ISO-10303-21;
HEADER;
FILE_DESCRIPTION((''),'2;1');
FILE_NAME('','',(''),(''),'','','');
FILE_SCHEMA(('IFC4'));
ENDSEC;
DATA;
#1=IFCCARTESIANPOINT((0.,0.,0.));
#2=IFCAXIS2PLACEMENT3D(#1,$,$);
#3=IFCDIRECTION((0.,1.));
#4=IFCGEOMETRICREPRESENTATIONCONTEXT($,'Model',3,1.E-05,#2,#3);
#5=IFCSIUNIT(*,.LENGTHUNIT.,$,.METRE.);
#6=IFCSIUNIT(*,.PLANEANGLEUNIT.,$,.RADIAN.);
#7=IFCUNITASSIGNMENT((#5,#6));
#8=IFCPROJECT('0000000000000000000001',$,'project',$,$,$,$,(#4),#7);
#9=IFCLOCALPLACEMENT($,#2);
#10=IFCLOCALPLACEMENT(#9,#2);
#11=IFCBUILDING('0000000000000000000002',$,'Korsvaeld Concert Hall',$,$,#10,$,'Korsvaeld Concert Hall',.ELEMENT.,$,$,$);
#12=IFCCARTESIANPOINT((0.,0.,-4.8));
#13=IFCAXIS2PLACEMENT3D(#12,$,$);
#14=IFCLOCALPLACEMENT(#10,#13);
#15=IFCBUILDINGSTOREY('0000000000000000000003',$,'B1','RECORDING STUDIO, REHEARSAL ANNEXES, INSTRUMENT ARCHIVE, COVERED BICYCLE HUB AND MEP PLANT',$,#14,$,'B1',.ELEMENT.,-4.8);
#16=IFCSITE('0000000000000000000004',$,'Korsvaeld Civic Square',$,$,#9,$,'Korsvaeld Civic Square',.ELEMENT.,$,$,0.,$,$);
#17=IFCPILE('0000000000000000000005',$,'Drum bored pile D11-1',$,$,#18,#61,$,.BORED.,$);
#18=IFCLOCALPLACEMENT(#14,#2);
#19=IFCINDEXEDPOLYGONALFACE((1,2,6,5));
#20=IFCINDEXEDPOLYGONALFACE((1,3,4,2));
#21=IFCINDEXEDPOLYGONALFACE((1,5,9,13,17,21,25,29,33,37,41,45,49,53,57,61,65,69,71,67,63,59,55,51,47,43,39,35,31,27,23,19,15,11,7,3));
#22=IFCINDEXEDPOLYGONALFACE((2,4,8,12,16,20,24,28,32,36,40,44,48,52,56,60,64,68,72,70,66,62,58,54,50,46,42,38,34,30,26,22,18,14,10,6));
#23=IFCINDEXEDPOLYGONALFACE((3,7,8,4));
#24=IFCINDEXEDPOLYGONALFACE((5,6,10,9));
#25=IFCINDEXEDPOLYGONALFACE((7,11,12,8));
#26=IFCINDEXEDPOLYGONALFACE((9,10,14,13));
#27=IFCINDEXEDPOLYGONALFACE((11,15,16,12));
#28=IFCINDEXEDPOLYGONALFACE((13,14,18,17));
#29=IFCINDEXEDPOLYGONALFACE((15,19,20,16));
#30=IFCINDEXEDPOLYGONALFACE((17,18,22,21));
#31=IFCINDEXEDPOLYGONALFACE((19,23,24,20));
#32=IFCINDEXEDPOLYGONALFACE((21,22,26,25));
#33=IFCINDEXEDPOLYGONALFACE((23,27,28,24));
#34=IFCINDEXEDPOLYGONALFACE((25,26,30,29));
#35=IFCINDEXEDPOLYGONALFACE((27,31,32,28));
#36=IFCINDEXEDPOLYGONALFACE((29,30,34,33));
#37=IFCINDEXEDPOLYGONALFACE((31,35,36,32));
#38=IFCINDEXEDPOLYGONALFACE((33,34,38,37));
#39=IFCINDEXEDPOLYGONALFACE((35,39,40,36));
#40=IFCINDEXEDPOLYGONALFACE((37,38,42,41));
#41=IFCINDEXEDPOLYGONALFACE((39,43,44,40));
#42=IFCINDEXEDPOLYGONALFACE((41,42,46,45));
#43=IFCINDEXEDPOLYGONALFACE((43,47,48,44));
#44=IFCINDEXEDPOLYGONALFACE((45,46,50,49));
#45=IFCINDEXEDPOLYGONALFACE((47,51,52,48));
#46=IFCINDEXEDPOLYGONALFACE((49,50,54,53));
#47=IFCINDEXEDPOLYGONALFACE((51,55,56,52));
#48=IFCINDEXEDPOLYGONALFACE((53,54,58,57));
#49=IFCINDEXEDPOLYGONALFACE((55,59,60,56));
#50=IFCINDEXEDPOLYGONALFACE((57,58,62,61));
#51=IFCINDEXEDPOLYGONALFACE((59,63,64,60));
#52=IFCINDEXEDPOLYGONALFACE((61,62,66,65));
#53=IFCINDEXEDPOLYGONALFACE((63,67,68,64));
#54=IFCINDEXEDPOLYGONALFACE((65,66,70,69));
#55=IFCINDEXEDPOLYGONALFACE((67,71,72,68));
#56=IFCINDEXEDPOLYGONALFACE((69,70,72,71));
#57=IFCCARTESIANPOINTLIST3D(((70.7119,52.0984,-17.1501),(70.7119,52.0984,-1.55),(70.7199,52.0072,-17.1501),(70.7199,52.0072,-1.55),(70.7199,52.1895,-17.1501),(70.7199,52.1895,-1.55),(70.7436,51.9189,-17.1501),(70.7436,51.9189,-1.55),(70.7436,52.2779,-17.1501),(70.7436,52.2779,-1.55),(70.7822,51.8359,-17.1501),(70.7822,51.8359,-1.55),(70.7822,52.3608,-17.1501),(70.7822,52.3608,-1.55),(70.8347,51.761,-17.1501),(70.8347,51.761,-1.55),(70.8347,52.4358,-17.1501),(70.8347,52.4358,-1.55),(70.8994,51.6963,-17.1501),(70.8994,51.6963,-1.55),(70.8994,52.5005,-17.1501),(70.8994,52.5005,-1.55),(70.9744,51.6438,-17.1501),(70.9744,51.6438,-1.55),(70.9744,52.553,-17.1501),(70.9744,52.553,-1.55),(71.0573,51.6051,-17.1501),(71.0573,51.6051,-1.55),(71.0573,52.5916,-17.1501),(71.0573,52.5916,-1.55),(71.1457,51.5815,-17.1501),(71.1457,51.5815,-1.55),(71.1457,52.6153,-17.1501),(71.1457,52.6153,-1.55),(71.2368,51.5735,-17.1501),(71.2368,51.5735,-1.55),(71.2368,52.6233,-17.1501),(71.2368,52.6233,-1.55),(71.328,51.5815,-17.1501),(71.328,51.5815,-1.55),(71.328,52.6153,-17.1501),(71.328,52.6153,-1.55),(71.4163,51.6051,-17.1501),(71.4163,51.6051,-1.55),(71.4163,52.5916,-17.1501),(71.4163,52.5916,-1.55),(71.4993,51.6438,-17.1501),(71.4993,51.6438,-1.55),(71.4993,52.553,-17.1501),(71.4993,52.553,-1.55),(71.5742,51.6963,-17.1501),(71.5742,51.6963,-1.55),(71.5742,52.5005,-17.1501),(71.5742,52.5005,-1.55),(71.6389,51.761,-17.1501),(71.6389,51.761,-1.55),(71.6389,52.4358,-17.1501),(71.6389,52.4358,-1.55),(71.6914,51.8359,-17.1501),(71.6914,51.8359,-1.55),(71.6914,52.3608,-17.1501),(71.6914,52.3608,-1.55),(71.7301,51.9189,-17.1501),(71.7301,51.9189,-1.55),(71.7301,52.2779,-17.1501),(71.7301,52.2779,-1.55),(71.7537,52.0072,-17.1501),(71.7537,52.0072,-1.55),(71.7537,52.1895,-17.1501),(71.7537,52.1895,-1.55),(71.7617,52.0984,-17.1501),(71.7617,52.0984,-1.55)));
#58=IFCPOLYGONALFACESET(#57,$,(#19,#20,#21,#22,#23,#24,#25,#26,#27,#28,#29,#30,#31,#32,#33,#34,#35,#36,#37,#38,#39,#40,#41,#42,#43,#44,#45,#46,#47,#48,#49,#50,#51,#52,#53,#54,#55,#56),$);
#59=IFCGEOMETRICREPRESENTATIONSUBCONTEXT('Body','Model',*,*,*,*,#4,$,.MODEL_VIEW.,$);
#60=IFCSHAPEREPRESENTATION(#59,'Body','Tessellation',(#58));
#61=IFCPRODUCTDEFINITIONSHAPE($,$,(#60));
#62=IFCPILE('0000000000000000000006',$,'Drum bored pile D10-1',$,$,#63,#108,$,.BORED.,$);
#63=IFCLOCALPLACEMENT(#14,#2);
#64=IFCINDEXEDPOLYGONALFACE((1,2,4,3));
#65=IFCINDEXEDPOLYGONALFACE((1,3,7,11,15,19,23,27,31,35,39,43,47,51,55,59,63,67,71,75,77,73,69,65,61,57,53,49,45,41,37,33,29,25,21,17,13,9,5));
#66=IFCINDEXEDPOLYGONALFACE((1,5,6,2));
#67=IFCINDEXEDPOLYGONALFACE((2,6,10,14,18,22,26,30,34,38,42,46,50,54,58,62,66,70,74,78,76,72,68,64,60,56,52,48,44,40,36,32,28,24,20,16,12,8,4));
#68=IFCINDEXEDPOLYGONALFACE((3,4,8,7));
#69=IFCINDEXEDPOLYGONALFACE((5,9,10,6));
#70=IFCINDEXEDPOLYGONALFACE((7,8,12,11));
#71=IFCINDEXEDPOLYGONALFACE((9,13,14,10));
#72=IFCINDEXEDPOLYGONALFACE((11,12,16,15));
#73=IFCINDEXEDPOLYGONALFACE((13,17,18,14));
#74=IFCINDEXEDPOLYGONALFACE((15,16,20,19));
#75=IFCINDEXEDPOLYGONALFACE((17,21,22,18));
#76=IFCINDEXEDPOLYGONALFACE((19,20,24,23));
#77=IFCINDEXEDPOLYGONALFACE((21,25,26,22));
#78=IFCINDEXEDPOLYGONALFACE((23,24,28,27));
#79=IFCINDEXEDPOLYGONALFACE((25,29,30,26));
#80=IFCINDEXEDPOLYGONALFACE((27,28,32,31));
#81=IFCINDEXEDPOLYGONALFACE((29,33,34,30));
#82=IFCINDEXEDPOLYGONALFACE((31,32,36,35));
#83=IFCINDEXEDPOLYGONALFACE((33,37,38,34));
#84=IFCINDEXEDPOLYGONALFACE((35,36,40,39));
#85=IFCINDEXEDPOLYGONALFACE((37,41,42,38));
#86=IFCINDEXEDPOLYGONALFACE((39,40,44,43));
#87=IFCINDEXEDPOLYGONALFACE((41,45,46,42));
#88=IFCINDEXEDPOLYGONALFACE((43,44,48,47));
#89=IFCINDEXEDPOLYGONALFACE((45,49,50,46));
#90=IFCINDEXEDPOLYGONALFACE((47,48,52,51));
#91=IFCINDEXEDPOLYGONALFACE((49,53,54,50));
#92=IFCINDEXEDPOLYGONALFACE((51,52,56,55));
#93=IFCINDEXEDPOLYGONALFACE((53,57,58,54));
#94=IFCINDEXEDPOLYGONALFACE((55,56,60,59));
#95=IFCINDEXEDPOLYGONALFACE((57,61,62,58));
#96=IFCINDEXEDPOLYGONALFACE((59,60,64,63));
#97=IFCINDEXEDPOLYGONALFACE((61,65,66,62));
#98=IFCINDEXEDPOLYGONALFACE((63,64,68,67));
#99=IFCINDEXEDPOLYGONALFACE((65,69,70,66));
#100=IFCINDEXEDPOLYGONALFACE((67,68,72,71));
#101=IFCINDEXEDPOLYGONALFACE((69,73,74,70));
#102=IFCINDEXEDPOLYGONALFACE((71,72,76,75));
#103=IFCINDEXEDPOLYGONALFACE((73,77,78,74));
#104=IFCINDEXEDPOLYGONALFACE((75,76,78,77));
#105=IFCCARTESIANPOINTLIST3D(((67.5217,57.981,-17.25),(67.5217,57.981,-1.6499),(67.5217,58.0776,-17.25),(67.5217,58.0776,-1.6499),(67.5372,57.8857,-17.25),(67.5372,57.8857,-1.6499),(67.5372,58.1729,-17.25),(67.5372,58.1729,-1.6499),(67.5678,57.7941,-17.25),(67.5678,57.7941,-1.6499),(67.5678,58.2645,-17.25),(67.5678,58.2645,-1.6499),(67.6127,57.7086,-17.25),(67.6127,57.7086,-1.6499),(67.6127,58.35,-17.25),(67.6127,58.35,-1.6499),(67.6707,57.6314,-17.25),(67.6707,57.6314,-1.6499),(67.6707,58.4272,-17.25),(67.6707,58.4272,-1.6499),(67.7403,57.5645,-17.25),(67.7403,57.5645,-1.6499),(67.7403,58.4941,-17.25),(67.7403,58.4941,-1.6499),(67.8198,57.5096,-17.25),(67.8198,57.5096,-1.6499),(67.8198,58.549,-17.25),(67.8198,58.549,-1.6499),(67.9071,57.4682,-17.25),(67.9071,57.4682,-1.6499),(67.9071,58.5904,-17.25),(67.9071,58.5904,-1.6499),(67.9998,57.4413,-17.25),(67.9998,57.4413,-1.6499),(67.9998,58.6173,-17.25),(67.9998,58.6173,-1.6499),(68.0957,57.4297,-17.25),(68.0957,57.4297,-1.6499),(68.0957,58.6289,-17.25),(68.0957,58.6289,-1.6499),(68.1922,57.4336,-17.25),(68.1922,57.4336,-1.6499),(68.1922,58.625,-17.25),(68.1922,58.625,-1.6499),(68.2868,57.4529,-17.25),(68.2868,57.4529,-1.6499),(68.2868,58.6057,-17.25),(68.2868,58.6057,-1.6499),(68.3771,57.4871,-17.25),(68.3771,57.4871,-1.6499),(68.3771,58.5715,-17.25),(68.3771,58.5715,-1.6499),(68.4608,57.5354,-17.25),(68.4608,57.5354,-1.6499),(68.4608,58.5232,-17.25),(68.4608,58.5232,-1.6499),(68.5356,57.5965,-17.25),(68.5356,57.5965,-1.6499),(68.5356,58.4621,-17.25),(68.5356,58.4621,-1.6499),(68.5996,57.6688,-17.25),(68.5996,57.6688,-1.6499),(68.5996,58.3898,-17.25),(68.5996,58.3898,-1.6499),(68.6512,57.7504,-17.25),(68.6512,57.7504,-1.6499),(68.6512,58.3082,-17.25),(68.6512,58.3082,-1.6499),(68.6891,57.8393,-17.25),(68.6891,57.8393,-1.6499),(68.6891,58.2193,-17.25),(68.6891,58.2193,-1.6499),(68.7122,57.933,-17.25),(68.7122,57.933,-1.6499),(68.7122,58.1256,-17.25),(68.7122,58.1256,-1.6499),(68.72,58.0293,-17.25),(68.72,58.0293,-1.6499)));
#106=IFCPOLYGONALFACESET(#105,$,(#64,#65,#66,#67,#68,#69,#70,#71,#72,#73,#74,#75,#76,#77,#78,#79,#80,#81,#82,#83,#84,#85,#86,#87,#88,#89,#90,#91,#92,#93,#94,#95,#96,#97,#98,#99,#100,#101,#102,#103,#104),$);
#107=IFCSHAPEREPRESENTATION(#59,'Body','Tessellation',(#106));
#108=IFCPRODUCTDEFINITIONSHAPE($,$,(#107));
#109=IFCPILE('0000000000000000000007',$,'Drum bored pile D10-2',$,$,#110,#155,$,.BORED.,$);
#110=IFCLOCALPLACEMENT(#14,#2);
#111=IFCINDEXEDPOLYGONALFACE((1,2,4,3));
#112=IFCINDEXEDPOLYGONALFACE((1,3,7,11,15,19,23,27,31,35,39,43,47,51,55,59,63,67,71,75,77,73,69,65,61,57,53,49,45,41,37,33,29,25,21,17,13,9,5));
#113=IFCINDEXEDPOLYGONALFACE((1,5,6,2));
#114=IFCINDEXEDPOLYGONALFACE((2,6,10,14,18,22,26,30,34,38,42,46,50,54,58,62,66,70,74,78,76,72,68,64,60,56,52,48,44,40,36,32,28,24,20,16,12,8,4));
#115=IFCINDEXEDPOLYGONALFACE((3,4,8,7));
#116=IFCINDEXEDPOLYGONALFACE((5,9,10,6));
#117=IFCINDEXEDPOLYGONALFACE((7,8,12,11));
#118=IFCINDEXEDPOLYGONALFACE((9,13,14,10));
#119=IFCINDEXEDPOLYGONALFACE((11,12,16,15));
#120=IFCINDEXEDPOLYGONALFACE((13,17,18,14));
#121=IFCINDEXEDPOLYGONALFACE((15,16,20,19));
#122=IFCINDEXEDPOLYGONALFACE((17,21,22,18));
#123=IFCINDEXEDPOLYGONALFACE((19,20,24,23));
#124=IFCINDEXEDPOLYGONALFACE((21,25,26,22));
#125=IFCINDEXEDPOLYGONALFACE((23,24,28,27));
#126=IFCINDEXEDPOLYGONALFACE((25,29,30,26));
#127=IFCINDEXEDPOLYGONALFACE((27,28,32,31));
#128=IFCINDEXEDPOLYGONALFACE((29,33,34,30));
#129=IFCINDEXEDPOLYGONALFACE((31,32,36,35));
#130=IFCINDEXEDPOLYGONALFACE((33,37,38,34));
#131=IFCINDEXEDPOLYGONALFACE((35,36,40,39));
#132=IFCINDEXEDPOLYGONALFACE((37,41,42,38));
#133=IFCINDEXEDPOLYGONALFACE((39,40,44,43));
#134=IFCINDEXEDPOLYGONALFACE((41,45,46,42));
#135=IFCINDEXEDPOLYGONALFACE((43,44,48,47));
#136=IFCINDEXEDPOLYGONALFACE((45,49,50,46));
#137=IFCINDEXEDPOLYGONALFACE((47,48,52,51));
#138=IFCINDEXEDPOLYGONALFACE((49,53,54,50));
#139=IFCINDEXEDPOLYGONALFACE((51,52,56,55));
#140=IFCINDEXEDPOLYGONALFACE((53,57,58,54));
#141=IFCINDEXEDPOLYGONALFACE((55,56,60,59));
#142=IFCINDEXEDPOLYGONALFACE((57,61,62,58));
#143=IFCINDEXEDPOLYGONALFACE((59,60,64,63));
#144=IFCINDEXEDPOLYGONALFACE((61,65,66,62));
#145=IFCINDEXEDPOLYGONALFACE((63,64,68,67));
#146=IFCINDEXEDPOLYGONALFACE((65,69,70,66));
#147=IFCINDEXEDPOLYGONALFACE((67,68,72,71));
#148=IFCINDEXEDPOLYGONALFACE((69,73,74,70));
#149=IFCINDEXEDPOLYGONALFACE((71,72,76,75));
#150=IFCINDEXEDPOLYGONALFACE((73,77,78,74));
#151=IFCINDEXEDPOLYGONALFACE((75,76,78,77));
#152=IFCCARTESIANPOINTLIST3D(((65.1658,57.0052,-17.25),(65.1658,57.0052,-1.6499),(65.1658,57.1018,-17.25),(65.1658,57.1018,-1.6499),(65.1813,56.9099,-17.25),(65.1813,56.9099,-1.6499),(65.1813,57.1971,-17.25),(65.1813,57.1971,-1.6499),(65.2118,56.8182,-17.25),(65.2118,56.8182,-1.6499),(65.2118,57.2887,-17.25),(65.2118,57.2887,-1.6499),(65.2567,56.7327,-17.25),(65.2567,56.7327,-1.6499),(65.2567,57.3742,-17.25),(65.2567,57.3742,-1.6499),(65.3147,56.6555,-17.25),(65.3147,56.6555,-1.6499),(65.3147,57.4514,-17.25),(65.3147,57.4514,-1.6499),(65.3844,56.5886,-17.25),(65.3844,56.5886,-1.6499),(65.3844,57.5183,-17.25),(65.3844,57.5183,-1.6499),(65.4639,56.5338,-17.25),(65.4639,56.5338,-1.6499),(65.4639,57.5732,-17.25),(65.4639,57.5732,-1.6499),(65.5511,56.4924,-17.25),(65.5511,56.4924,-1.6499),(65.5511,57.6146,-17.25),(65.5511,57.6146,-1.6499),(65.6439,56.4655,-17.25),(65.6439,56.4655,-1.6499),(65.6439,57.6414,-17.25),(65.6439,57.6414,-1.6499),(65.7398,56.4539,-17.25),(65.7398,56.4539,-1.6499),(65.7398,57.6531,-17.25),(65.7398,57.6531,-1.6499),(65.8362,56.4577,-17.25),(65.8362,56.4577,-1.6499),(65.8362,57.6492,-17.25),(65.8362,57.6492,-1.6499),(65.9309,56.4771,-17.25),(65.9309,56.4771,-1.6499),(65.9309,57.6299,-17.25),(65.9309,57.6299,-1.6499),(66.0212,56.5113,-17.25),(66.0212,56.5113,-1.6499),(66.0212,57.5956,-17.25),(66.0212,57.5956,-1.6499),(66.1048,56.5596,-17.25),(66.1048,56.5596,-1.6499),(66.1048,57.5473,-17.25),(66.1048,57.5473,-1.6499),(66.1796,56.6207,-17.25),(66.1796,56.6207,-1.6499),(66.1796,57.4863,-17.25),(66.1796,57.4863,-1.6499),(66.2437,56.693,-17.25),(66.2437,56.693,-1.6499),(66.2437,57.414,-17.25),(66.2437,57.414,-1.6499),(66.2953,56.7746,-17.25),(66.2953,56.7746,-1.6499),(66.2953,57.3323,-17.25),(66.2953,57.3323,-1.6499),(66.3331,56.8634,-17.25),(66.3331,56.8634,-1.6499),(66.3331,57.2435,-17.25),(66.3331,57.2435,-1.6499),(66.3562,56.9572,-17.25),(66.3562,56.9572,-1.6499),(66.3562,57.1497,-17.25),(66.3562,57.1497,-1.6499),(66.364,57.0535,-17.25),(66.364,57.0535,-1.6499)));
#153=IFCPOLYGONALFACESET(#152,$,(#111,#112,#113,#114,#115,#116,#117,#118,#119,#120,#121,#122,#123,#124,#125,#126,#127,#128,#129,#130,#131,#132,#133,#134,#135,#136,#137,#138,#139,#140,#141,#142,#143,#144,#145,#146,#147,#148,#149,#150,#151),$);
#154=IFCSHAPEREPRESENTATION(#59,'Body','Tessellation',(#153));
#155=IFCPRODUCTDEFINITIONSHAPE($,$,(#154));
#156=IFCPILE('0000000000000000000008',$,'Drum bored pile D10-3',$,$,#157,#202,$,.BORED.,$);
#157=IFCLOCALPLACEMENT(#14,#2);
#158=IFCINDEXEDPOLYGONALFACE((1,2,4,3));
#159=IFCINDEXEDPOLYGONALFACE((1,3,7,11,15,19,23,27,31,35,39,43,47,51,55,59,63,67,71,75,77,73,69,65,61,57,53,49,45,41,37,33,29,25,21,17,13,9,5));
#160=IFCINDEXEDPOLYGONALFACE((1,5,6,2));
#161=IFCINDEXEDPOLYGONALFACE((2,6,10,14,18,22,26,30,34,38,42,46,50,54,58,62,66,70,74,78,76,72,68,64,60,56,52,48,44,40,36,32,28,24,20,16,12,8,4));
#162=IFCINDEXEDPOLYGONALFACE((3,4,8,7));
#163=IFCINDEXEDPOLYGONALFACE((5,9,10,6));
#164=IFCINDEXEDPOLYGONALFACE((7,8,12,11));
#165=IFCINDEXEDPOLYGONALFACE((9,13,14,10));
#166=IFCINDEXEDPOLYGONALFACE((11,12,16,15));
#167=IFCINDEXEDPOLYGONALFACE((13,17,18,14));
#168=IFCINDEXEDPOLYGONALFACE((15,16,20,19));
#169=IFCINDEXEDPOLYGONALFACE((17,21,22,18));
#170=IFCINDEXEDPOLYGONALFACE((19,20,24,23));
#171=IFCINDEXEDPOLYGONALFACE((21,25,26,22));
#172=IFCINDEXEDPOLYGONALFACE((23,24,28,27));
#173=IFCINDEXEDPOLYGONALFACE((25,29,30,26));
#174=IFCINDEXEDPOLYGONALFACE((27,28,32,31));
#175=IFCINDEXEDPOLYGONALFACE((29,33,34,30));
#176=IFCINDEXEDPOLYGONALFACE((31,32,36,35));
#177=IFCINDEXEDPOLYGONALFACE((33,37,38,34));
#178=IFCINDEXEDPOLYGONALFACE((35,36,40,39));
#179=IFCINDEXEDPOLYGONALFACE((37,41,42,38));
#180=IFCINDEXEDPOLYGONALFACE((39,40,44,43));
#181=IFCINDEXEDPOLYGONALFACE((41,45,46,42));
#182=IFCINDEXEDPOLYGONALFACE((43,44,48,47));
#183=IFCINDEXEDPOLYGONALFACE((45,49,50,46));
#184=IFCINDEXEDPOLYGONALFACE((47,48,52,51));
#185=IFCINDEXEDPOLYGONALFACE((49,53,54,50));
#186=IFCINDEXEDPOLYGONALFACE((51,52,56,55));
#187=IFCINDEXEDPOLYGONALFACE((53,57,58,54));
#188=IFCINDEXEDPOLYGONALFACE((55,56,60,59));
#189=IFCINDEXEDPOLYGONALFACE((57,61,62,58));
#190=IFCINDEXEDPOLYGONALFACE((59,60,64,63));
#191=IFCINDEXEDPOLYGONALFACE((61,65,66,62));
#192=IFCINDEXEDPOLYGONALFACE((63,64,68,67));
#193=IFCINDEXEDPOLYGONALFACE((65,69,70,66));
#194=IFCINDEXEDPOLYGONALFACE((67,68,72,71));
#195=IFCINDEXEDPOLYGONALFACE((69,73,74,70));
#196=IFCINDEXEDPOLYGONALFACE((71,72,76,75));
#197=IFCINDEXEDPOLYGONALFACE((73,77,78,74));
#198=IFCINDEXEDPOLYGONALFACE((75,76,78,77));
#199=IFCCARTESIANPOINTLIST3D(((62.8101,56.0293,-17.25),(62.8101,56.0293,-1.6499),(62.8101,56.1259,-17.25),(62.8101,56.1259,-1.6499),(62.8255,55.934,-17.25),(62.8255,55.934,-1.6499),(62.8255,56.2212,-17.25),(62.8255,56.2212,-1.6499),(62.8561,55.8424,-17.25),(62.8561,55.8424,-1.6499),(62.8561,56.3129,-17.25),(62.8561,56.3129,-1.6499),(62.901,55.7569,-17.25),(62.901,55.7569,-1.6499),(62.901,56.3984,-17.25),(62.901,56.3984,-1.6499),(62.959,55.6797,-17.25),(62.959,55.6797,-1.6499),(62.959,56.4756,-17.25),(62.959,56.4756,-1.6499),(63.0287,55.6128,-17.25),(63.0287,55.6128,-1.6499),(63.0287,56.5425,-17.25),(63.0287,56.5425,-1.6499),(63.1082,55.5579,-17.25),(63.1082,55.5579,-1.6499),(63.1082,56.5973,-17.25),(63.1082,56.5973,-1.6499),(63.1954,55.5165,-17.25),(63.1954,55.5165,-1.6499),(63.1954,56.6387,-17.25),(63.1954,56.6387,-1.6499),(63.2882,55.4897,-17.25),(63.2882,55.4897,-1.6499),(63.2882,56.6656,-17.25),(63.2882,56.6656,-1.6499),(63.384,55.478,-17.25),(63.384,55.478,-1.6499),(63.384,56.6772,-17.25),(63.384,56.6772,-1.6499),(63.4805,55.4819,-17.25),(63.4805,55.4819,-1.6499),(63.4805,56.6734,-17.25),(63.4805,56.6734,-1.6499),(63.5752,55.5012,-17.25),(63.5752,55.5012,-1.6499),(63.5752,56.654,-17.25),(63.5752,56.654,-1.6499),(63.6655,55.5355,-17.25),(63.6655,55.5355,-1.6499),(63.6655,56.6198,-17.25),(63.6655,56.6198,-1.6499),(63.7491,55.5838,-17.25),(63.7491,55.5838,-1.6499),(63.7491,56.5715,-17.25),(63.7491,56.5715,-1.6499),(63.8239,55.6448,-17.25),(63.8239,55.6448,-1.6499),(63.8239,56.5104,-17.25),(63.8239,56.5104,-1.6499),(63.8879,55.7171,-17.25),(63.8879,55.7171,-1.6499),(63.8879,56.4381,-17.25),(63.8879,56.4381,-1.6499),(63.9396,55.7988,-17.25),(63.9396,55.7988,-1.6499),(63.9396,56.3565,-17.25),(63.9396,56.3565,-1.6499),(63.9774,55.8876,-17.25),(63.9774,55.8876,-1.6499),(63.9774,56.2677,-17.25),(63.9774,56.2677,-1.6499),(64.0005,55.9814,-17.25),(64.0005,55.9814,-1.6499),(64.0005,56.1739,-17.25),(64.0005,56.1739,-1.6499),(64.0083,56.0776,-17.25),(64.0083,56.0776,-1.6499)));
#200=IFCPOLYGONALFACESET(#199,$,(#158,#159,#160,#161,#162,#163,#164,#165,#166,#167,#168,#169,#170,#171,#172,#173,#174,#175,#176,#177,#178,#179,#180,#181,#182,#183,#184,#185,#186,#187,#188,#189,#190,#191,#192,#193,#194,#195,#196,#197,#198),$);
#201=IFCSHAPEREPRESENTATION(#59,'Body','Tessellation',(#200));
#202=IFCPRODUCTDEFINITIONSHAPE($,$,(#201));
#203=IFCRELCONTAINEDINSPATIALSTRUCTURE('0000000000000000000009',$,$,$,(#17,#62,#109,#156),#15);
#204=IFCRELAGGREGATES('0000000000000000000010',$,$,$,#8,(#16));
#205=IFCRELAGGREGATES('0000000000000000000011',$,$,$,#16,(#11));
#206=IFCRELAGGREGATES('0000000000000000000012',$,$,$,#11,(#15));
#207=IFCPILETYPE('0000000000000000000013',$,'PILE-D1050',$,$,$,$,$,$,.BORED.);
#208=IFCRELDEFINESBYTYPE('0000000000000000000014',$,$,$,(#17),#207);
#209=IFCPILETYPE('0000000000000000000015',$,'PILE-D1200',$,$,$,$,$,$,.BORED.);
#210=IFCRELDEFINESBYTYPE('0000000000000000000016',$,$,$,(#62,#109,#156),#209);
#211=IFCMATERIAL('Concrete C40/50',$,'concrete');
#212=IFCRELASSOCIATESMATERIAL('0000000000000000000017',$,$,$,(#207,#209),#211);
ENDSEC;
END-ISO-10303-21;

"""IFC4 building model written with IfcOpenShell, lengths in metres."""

from ifc_helpers import new_model, si_unit, direction, frame, origin, origin_2d, place, context, subcontext, project, spatial, circle, extrude, material, material_profile, profile_set, type_object, element, save


model = new_model("IFC4")

# Units and contexts
model_context = context("Model", 3, precision=1e-05, world=origin(), true_north=direction((0.0, 1.0)))
body_context = subcontext(model_context, "Body", "Model", "MODEL_VIEW")
ifc_project = project(units=[si_unit("LENGTHUNIT", "METRE"), si_unit("PLANEANGLEUNIT", "RADIAN")], contexts=[model_context])

# Site, building, storey
site_placement = place(None, origin())
site = spatial("IfcSite", under=ifc_project, at=site_placement, Name="Korsvaeld Civic Square", LongName="Korsvaeld Civic Square", CompositionType="ELEMENT", RefElevation=0.0)
building_placement = place(site_placement, origin())
building = spatial("IfcBuilding", under=site, at=building_placement, Name="Korsvaeld Concert Hall", LongName="Korsvaeld Concert Hall", CompositionType="ELEMENT")
storey_placement = place(building_placement, frame((0.0, 0.0, -4.8)))
storey = spatial("IfcBuildingStorey", under=building, at=storey_placement, Name="B1", Description="RECORDING STUDIO, REHEARSAL ANNEXES, INSTRUMENT ARCHIVE, COVERED BICYCLE HUB AND MEP PLANT", LongName="B1", CompositionType="ELEMENT", Elevation=-4.8)

# Piles
ifc_material_1 = material(Name="Concrete C40/50", Category="concrete")
ifc_material_profile_1 = material_profile(ifc_material_1, circle(Radius=0.5249, at=origin_2d()), Name="BORED PILE D1050")
ifc_profile_set_1 = profile_set([ifc_material_profile_1], Name="Concrete C40/50")
pile_type_1 = type_object("IfcPileType", Name="PILE-D1050", PredefinedType="BORED", material=ifc_profile_set_1)
for number, where, z_axis, x_axis, name in (
    (1, (71.2368, 52.0984, -1.55), (0.0, 0.0, -1.0), (1.0, 0.0, 0.0), "Drum bored pile D11-1"),
):
    element("IfcPile", number, at=place(storey_placement, frame(where, z_axis=z_axis, x_axis=x_axis)), inside=storey, type_object=pile_type_1, Name=name, PredefinedType="BORED", context=body_context, shape_type="SweptSolid", body=[
        extrude(circle(Radius=0.5249, at=origin_2d()), origin(), (0.0, 0.0, 1.0), 15.6001),
    ])
ifc_material_profile_2 = material_profile(ifc_material_1, circle(Radius=0.6001, at=origin_2d()), Name="BORED PILE D1200")
ifc_profile_set_2 = profile_set([ifc_material_profile_2], Name="Concrete C40/50")
pile_type_2 = type_object("IfcPileType", Name="PILE-D1200", PredefinedType="BORED", material=ifc_profile_set_2)
for number, where, z_axis, x_axis, name in (
    (2, (68.1199, 58.0293, -1.6499), (0.0, 0.0, -1.0), (1.0, 0.0, 0.0), "Drum bored pile D10-1"),
    (3, (65.7639, 57.0535, -1.6499), (0.0, 0.0, -1.0), (1.0, 0.0, 0.0), "Drum bored pile D10-2"),
    (4, (63.4082, 56.0776, -1.6499), (0.0, 0.0, -1.0), (1.0, 0.0, 0.0), "Drum bored pile D10-3"),
):
    element("IfcPile", number, at=place(storey_placement, frame(where, z_axis=z_axis, x_axis=x_axis)), inside=storey, type_object=pile_type_2, Name=name, PredefinedType="BORED", context=body_context, shape_type="SweptSolid", body=[
        extrude(circle(Radius=0.6001, at=origin_2d()), origin(), (0.0, 0.0, 1.0), 15.6001),
    ])

save(model, "model.ifc")
